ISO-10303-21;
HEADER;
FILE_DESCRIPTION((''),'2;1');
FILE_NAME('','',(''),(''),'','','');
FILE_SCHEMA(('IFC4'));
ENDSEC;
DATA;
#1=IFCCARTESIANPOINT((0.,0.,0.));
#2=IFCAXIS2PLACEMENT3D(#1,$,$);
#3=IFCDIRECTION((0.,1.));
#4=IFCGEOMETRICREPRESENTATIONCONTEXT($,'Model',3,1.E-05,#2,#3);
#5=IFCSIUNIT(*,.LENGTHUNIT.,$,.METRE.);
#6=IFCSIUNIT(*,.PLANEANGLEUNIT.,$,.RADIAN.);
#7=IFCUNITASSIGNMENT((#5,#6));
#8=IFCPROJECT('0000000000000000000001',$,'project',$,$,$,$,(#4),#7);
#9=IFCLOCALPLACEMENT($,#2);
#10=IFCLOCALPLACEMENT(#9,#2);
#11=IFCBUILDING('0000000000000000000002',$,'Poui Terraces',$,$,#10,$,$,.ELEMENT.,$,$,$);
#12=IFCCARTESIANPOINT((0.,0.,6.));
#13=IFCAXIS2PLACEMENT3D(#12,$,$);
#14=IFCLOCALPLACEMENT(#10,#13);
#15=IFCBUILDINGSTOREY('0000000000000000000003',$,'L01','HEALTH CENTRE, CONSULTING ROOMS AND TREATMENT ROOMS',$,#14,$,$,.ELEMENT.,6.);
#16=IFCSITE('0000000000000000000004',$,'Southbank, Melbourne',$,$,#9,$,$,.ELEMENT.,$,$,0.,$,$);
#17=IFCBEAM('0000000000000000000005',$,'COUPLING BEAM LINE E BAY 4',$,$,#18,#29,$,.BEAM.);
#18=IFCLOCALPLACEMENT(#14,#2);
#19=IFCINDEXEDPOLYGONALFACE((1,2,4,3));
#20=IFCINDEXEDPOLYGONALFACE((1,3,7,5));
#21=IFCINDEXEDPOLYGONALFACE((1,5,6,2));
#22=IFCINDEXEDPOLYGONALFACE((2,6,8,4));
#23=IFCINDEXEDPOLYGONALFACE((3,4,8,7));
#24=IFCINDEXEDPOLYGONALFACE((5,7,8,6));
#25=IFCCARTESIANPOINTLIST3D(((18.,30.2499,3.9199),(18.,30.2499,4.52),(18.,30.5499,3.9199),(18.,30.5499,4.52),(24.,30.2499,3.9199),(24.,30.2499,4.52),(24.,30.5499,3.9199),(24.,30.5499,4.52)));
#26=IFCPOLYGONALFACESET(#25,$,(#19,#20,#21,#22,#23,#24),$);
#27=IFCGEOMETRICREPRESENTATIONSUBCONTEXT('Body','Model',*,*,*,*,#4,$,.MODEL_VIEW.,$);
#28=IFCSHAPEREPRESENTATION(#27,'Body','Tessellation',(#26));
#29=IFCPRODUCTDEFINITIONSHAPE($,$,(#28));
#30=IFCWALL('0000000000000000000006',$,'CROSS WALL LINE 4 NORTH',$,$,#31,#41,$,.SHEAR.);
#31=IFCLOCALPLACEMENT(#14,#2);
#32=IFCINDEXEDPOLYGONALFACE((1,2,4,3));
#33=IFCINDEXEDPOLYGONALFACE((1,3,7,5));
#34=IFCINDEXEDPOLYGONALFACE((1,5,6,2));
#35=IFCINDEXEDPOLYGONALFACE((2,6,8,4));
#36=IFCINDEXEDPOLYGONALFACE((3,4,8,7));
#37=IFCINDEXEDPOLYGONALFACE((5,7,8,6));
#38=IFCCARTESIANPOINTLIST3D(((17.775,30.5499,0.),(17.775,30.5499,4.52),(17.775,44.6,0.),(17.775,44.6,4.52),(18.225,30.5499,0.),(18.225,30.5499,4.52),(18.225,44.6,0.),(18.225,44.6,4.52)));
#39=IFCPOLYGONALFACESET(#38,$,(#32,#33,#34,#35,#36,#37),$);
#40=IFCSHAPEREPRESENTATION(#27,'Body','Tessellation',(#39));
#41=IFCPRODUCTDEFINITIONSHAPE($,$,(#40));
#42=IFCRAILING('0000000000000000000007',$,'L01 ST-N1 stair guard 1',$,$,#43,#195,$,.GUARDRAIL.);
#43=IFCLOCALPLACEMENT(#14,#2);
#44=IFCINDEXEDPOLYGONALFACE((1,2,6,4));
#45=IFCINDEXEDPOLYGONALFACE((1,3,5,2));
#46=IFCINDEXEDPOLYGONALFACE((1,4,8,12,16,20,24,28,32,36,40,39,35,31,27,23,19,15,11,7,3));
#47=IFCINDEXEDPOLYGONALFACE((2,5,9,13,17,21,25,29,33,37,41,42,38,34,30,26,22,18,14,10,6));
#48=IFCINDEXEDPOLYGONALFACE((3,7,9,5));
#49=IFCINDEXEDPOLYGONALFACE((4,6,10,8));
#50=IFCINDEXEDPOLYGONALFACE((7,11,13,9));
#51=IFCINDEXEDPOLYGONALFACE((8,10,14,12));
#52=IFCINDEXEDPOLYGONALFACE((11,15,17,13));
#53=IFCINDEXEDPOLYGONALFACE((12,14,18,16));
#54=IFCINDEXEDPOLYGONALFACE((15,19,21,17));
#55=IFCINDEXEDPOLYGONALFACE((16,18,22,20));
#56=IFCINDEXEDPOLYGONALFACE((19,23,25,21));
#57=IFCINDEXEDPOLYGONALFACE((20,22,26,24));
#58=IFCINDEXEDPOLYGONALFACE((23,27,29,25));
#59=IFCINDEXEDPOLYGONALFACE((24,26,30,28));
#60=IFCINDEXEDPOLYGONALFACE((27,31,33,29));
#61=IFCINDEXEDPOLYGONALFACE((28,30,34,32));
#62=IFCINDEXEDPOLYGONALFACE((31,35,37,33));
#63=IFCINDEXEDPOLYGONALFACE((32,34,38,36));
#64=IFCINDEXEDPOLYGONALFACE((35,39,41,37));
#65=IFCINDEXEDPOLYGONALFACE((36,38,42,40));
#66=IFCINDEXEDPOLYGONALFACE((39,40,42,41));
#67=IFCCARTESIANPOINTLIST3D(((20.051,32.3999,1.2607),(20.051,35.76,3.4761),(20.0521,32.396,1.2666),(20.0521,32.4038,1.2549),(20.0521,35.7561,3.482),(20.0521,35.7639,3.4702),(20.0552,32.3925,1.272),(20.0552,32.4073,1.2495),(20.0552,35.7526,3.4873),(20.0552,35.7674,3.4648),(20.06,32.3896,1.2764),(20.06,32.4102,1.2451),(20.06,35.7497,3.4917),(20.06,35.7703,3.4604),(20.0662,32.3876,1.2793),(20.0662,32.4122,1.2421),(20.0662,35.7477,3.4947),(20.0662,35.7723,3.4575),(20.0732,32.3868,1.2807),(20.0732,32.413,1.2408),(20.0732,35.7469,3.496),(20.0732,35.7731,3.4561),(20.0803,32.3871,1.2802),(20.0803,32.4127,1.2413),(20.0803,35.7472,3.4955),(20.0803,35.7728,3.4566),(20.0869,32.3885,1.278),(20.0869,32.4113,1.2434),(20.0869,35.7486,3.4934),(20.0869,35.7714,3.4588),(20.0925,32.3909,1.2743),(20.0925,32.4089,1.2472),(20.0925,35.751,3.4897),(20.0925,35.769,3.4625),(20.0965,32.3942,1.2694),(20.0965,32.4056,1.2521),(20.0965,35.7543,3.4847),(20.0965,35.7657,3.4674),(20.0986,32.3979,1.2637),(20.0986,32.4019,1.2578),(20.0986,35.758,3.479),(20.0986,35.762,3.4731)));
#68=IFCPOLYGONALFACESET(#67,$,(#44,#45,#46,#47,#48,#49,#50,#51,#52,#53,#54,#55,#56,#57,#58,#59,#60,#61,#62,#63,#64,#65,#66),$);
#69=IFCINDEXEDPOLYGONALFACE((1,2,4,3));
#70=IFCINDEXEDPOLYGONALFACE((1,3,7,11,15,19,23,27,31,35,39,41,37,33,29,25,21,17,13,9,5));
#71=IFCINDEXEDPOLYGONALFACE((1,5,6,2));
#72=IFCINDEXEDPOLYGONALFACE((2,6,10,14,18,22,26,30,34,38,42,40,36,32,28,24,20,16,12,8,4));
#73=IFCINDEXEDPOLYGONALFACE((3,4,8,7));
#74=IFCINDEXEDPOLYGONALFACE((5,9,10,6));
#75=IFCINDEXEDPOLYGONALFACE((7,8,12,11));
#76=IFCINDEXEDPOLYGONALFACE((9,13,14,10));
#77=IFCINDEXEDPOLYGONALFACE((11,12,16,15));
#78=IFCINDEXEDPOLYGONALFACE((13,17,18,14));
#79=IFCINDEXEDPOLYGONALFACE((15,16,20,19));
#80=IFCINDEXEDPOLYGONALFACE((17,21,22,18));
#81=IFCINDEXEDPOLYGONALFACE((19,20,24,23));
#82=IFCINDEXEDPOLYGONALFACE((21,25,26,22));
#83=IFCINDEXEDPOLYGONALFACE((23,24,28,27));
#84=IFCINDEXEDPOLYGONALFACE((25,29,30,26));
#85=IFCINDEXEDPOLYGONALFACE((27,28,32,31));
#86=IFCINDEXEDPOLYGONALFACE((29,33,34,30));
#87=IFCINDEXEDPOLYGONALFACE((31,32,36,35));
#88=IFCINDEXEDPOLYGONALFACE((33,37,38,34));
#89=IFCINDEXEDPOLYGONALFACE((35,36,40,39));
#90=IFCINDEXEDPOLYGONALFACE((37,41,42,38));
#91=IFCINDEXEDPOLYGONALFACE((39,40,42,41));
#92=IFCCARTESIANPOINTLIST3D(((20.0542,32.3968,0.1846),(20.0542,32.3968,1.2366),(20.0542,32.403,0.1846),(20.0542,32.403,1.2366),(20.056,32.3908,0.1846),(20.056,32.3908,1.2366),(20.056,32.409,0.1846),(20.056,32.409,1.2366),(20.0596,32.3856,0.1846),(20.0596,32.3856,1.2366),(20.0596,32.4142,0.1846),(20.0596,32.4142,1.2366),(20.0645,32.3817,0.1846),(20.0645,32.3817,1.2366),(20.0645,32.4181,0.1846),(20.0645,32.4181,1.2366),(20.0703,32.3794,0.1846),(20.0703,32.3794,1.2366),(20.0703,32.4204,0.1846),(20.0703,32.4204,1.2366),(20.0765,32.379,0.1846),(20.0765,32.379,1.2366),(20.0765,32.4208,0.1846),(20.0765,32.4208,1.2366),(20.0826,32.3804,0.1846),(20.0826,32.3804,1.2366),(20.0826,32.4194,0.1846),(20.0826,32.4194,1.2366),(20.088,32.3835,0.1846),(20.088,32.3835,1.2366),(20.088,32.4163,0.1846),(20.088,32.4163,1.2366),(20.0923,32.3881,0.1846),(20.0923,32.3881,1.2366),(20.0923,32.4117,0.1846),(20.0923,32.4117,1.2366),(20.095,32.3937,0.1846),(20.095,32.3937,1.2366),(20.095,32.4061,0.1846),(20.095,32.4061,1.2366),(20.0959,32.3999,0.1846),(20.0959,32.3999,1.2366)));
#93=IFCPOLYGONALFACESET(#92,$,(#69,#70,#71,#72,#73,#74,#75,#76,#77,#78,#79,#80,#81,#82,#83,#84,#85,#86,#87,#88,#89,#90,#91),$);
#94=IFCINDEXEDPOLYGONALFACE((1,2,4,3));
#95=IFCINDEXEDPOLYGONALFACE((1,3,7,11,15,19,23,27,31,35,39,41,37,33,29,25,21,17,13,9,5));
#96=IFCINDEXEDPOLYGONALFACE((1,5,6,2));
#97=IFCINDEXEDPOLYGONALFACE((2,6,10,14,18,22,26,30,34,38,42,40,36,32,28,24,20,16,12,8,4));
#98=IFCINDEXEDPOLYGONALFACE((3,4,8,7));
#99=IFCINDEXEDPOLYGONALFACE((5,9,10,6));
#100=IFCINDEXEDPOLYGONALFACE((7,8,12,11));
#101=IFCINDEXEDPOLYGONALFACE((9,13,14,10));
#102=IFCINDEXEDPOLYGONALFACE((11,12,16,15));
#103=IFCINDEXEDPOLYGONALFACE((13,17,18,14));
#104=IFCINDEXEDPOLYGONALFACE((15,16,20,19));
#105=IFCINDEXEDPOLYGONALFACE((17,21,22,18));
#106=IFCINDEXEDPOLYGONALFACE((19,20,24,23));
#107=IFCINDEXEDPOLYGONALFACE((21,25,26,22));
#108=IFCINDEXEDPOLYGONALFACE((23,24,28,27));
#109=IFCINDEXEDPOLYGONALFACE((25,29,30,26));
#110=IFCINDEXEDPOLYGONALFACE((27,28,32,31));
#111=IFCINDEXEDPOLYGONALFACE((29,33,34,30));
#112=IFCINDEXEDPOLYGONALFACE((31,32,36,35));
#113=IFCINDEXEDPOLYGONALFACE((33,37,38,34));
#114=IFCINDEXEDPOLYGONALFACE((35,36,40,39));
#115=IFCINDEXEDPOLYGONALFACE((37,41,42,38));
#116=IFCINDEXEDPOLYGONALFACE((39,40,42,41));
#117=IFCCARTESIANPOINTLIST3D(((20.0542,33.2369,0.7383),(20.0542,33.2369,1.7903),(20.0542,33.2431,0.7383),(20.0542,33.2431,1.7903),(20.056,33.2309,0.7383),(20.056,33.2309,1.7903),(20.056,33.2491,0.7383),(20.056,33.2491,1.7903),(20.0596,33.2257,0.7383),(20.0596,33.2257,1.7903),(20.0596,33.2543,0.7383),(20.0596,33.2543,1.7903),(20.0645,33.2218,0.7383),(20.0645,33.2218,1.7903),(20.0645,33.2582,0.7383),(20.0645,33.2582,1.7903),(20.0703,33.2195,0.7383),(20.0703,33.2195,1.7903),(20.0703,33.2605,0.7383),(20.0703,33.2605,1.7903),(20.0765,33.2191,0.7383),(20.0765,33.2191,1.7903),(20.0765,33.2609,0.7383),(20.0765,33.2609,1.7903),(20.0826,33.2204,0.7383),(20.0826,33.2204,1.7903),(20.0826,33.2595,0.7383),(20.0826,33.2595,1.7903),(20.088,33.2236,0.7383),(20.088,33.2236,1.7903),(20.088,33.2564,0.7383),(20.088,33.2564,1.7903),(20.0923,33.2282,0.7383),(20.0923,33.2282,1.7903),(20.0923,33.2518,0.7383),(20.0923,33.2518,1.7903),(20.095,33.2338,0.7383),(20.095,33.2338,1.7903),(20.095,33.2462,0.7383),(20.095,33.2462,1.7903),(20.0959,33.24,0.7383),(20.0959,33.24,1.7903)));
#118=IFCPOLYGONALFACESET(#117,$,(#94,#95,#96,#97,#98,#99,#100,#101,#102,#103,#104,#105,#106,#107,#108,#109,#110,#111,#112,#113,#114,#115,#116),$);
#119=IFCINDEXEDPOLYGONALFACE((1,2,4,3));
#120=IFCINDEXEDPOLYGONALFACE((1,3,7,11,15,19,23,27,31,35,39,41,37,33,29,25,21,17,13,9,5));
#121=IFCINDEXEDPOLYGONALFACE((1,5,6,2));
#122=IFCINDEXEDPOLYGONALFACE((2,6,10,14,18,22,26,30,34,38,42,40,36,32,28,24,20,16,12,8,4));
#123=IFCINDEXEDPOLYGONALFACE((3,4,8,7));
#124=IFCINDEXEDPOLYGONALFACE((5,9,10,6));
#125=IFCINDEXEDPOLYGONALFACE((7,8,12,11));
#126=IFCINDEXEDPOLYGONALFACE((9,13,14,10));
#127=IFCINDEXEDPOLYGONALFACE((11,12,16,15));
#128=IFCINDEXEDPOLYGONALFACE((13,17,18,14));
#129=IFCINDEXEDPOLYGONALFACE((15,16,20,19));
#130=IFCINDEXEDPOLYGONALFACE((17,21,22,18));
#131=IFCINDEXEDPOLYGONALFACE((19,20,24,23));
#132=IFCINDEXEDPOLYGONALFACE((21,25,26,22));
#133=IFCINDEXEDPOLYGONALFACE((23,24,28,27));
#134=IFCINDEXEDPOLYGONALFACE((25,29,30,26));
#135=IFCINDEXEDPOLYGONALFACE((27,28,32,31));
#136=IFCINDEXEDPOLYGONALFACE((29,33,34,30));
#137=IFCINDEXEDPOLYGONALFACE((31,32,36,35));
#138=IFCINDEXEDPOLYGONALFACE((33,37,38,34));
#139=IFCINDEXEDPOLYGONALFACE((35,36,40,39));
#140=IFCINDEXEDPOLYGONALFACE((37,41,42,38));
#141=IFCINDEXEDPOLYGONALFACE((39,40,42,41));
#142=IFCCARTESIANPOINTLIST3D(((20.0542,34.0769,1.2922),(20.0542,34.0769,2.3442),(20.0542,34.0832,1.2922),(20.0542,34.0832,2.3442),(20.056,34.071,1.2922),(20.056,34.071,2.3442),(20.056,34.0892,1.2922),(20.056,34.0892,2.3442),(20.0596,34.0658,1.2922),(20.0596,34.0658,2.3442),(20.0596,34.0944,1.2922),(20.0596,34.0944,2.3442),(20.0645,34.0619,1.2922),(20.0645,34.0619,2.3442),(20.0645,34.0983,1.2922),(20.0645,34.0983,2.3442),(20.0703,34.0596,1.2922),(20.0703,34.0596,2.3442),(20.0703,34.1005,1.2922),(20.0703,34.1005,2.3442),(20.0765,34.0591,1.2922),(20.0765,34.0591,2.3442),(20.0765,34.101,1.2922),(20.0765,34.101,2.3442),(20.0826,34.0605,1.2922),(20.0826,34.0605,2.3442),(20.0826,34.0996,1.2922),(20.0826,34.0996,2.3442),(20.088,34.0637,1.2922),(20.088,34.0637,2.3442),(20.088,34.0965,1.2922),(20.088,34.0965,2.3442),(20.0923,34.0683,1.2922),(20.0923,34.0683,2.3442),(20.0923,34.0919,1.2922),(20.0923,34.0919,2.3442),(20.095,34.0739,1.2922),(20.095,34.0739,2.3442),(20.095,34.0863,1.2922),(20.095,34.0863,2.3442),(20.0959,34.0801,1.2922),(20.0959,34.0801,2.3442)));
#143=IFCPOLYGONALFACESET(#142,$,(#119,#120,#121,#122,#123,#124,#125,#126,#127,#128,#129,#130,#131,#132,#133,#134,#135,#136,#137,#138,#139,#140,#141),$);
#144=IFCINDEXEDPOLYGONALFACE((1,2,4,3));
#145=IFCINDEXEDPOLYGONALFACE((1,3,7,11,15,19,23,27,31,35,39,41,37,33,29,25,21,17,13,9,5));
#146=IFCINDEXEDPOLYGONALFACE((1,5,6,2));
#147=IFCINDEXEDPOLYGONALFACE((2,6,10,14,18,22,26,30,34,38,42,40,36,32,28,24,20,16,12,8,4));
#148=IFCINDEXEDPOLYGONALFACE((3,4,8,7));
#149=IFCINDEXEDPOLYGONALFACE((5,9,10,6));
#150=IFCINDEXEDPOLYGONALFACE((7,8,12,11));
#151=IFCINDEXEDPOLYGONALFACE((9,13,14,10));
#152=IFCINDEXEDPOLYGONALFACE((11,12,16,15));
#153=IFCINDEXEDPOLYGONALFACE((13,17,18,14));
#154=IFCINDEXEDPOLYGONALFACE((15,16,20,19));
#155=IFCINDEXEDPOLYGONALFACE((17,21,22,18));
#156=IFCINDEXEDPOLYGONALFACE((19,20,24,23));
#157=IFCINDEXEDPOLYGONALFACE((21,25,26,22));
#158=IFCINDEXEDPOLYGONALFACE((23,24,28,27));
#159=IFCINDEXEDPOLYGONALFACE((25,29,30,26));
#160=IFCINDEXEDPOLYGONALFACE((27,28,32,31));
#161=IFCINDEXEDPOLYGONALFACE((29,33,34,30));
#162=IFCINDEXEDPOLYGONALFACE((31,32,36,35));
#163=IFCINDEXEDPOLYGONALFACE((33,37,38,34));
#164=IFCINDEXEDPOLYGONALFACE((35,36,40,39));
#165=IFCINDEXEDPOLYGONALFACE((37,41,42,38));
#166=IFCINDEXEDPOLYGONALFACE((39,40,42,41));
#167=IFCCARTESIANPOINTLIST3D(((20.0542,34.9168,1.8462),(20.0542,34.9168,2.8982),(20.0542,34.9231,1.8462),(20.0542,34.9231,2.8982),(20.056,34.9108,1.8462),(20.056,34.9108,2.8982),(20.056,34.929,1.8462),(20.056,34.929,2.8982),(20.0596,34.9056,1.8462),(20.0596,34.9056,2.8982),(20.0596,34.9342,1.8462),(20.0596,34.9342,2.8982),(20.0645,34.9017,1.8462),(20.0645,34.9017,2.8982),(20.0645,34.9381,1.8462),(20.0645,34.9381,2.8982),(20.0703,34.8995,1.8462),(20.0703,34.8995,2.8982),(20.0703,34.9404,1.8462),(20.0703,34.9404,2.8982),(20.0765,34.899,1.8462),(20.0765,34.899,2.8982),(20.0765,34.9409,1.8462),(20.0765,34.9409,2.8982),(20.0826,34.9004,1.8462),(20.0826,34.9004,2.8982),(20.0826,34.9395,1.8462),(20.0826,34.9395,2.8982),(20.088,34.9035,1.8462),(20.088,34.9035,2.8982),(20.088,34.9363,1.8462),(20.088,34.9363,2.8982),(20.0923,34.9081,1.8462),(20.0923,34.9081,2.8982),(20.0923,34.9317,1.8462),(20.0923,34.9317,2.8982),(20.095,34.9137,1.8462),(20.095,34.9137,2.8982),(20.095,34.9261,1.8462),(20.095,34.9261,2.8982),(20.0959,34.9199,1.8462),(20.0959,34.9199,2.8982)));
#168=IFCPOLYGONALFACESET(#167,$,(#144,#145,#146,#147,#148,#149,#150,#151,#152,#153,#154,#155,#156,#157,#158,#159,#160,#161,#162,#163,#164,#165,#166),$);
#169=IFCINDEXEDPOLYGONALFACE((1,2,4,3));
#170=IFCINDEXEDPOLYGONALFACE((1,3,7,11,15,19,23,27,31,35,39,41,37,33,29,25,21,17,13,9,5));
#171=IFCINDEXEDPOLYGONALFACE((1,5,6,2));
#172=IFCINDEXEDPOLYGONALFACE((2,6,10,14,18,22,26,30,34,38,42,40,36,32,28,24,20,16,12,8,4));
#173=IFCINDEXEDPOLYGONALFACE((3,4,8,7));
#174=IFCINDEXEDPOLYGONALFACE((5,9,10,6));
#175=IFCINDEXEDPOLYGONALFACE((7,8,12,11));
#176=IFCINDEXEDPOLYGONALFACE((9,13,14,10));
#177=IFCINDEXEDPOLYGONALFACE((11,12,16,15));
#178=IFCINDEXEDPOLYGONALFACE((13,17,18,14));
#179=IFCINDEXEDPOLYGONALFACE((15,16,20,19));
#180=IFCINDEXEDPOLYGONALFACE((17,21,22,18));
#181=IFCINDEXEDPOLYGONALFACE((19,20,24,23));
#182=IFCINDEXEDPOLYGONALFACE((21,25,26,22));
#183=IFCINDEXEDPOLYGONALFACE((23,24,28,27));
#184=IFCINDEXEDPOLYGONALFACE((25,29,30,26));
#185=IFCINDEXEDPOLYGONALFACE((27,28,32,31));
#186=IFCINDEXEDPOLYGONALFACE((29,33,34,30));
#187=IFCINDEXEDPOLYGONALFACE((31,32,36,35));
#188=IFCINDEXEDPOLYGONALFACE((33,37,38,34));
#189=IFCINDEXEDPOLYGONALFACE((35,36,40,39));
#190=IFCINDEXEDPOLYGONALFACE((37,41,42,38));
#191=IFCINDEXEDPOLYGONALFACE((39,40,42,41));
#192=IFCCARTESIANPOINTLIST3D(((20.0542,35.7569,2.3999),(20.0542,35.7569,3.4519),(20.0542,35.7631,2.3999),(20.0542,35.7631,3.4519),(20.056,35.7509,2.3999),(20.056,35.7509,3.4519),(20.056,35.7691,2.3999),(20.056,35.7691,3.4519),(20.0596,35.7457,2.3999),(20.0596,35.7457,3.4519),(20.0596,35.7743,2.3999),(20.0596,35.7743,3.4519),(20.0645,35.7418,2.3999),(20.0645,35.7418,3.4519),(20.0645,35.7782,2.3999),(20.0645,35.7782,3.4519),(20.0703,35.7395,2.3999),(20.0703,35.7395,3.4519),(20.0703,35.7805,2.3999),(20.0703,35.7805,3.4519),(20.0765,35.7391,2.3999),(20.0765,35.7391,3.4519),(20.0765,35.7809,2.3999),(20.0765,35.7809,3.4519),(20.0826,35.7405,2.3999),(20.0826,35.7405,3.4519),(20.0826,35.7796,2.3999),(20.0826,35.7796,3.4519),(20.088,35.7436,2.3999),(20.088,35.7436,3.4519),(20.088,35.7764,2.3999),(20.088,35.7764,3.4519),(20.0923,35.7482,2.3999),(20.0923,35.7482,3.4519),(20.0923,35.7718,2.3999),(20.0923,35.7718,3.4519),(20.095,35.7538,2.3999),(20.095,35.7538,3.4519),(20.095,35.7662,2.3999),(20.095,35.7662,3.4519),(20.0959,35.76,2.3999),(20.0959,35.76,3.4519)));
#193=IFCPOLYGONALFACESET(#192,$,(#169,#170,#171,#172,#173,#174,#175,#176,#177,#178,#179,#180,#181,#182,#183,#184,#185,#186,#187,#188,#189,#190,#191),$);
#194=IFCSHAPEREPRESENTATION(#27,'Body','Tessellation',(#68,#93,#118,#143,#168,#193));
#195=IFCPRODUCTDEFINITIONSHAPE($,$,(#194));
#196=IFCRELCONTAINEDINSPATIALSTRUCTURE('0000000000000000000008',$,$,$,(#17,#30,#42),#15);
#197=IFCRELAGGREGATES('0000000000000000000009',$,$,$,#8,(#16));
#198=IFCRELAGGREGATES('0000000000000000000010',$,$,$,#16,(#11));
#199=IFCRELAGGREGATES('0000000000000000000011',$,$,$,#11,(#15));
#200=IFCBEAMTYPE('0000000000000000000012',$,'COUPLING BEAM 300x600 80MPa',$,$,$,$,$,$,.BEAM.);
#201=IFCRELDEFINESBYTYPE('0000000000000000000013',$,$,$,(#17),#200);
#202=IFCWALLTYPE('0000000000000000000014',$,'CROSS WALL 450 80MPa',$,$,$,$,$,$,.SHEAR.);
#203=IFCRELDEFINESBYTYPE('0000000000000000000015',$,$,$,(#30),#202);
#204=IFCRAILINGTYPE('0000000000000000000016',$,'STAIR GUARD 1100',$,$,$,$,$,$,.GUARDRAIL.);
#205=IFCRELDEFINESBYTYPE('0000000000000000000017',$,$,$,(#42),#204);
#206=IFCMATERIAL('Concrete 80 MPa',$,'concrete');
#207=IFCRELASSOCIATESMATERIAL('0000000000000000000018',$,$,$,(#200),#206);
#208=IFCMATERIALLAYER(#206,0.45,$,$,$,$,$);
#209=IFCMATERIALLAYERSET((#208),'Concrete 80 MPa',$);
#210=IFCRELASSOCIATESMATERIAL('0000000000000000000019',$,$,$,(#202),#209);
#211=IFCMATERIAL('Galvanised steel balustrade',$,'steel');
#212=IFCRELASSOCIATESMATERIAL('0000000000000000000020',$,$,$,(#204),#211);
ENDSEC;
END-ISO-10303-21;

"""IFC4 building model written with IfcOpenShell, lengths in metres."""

from ifc_helpers import new_model, si_unit, direction, frame, frame_2d, origin, origin_2d, place, context, subcontext, project, spatial, rectangle, circle, extrude, source, transform, mapped, material, layer, layer_set, material_profile, profile_set, type_object, element, save


model = new_model("IFC4")

# Units and contexts
model_context = context("Model", 3, precision=1e-05, world=origin(), true_north=direction((0.0, 1.0)))
body_context = subcontext(model_context, "Body", "Model", "MODEL_VIEW")
ifc_project = project(units=[si_unit("LENGTHUNIT", "METRE"), si_unit("PLANEANGLEUNIT", "RADIAN")], contexts=[model_context])

# Site, building, storey
site_placement = place(None, origin())
site = spatial("IfcSite", under=ifc_project, at=site_placement, Name="Southbank, Melbourne", CompositionType="ELEMENT", RefElevation=0.0)
building_placement = place(site_placement, origin())
building = spatial("IfcBuilding", under=site, at=building_placement, Name="Poui Terraces", CompositionType="ELEMENT")
storey_placement = place(building_placement, frame((0.0, 0.0, 6.0)))
storey = spatial("IfcBuildingStorey", under=building, at=storey_placement, Name="L01", Description="HEALTH CENTRE, CONSULTING ROOMS AND TREATMENT ROOMS", CompositionType="ELEMENT", Elevation=6.0)

# Beam
ifc_material_1 = material(Name="Concrete 80 MPa", Category="concrete")
ifc_material_profile = material_profile(ifc_material_1, rectangle(XDim=0.3, YDim=0.6001, at=origin_2d()), Name="RC 300x600")
ifc_profile_set = profile_set([ifc_material_profile], Name="Concrete 80 MPa")
beam_type = type_object("IfcBeamType", Name="COUPLING BEAM 300x600 80MPa", PredefinedType="BEAM", material=ifc_profile_set)
shared_shape = source(origin(), body_context, "Body", "SweptSolid", [
    extrude(rectangle(XDim=0.3, YDim=0.6001, at=origin_2d()), origin(), (0.0, 0.0, 1.0), 6.0),
])
beam_placement = place(storey_placement, frame((18.0, 30.3999, 4.22), z_axis=(1.0, 0.0, 0.0), x_axis=(0.0, 1.0, 0.0)))
element("IfcBeam", 1, at=beam_placement, inside=storey, type_object=beam_type, Name="COUPLING BEAM LINE E BAY 4", PredefinedType="BEAM", context=body_context, shape_type="MappedRepresentation", body=[
    mapped(shared_shape, transform((0.0, 0.0, 0.0))),
])

# Wall
ifc_layer = layer(ifc_material_1, 0.45)
ifc_layer_set = layer_set([ifc_layer], Name="Concrete 80 MPa")
wall_type = type_object("IfcWallType", Name="CROSS WALL 450 80MPa", PredefinedType="SHEAR", material=ifc_layer_set)
wall_placement = place(storey_placement, frame((18.0, 30.55, 0.0), z_axis=(0.0, 0.0, 1.0), x_axis=(0.0, 1.0, 0.0)))
element("IfcWall", 2, at=wall_placement, inside=storey, type_object=wall_type, Name="CROSS WALL LINE 4 NORTH", PredefinedType="SHEAR", context=body_context, shape_type="SweptSolid", body=[
    extrude(rectangle(XDim=14.05, YDim=0.45, at=frame_2d((7.0249, 0.0))), origin(), (0.0, 0.0, 1.0), 4.52),
])

# Railing
ifc_material_2 = material(Name="Galvanised steel balustrade", Category="steel")
railing_type = type_object("IfcRailingType", Name="STAIR GUARD 1100", PredefinedType="GUARDRAIL", material=ifc_material_2)
railing_1_placement = place(storey_placement, frame((20.075, 32.3999, 0.1846)))
element("IfcRailing", 3, at=railing_1_placement, inside=storey, type_object=railing_type, Name="L01 ST-N1 stair guard 1", PredefinedType="GUARDRAIL", context=body_context, shape_type="SweptSolid", body=[
    extrude(circle(Radius=0.0239, at=origin_2d()), frame((0.0, 0.0, 1.0762), z_axis=(0.0, 0.834876, 0.550437), x_axis=(-1.0, 0.0, 0.0)), (0.0, 0.0, 1.0), 4.0247),
    extrude(circle(Radius=0.021, at=origin_2d()), origin(), (0.0, 0.0, 1.0), 1.052),
    extrude(circle(Radius=0.021, at=origin_2d()), frame((0.0, 0.8401, 0.5537)), (0.0, 0.0, 1.0), 1.052),
    extrude(circle(Radius=0.021, at=origin_2d()), frame((0.0, 1.6802, 1.1077)), (0.0, 0.0, 1.0), 1.052),
    extrude(circle(Radius=0.021, at=origin_2d()), frame((0.0, 2.52, 1.6616)), (0.0, 0.0, 1.0), 1.052),
    extrude(circle(Radius=0.021, at=origin_2d()), frame((0.0, 3.3601, 2.2153)), (0.0, 0.0, 1.0), 1.052),
])

save(model, "model.ifc")
